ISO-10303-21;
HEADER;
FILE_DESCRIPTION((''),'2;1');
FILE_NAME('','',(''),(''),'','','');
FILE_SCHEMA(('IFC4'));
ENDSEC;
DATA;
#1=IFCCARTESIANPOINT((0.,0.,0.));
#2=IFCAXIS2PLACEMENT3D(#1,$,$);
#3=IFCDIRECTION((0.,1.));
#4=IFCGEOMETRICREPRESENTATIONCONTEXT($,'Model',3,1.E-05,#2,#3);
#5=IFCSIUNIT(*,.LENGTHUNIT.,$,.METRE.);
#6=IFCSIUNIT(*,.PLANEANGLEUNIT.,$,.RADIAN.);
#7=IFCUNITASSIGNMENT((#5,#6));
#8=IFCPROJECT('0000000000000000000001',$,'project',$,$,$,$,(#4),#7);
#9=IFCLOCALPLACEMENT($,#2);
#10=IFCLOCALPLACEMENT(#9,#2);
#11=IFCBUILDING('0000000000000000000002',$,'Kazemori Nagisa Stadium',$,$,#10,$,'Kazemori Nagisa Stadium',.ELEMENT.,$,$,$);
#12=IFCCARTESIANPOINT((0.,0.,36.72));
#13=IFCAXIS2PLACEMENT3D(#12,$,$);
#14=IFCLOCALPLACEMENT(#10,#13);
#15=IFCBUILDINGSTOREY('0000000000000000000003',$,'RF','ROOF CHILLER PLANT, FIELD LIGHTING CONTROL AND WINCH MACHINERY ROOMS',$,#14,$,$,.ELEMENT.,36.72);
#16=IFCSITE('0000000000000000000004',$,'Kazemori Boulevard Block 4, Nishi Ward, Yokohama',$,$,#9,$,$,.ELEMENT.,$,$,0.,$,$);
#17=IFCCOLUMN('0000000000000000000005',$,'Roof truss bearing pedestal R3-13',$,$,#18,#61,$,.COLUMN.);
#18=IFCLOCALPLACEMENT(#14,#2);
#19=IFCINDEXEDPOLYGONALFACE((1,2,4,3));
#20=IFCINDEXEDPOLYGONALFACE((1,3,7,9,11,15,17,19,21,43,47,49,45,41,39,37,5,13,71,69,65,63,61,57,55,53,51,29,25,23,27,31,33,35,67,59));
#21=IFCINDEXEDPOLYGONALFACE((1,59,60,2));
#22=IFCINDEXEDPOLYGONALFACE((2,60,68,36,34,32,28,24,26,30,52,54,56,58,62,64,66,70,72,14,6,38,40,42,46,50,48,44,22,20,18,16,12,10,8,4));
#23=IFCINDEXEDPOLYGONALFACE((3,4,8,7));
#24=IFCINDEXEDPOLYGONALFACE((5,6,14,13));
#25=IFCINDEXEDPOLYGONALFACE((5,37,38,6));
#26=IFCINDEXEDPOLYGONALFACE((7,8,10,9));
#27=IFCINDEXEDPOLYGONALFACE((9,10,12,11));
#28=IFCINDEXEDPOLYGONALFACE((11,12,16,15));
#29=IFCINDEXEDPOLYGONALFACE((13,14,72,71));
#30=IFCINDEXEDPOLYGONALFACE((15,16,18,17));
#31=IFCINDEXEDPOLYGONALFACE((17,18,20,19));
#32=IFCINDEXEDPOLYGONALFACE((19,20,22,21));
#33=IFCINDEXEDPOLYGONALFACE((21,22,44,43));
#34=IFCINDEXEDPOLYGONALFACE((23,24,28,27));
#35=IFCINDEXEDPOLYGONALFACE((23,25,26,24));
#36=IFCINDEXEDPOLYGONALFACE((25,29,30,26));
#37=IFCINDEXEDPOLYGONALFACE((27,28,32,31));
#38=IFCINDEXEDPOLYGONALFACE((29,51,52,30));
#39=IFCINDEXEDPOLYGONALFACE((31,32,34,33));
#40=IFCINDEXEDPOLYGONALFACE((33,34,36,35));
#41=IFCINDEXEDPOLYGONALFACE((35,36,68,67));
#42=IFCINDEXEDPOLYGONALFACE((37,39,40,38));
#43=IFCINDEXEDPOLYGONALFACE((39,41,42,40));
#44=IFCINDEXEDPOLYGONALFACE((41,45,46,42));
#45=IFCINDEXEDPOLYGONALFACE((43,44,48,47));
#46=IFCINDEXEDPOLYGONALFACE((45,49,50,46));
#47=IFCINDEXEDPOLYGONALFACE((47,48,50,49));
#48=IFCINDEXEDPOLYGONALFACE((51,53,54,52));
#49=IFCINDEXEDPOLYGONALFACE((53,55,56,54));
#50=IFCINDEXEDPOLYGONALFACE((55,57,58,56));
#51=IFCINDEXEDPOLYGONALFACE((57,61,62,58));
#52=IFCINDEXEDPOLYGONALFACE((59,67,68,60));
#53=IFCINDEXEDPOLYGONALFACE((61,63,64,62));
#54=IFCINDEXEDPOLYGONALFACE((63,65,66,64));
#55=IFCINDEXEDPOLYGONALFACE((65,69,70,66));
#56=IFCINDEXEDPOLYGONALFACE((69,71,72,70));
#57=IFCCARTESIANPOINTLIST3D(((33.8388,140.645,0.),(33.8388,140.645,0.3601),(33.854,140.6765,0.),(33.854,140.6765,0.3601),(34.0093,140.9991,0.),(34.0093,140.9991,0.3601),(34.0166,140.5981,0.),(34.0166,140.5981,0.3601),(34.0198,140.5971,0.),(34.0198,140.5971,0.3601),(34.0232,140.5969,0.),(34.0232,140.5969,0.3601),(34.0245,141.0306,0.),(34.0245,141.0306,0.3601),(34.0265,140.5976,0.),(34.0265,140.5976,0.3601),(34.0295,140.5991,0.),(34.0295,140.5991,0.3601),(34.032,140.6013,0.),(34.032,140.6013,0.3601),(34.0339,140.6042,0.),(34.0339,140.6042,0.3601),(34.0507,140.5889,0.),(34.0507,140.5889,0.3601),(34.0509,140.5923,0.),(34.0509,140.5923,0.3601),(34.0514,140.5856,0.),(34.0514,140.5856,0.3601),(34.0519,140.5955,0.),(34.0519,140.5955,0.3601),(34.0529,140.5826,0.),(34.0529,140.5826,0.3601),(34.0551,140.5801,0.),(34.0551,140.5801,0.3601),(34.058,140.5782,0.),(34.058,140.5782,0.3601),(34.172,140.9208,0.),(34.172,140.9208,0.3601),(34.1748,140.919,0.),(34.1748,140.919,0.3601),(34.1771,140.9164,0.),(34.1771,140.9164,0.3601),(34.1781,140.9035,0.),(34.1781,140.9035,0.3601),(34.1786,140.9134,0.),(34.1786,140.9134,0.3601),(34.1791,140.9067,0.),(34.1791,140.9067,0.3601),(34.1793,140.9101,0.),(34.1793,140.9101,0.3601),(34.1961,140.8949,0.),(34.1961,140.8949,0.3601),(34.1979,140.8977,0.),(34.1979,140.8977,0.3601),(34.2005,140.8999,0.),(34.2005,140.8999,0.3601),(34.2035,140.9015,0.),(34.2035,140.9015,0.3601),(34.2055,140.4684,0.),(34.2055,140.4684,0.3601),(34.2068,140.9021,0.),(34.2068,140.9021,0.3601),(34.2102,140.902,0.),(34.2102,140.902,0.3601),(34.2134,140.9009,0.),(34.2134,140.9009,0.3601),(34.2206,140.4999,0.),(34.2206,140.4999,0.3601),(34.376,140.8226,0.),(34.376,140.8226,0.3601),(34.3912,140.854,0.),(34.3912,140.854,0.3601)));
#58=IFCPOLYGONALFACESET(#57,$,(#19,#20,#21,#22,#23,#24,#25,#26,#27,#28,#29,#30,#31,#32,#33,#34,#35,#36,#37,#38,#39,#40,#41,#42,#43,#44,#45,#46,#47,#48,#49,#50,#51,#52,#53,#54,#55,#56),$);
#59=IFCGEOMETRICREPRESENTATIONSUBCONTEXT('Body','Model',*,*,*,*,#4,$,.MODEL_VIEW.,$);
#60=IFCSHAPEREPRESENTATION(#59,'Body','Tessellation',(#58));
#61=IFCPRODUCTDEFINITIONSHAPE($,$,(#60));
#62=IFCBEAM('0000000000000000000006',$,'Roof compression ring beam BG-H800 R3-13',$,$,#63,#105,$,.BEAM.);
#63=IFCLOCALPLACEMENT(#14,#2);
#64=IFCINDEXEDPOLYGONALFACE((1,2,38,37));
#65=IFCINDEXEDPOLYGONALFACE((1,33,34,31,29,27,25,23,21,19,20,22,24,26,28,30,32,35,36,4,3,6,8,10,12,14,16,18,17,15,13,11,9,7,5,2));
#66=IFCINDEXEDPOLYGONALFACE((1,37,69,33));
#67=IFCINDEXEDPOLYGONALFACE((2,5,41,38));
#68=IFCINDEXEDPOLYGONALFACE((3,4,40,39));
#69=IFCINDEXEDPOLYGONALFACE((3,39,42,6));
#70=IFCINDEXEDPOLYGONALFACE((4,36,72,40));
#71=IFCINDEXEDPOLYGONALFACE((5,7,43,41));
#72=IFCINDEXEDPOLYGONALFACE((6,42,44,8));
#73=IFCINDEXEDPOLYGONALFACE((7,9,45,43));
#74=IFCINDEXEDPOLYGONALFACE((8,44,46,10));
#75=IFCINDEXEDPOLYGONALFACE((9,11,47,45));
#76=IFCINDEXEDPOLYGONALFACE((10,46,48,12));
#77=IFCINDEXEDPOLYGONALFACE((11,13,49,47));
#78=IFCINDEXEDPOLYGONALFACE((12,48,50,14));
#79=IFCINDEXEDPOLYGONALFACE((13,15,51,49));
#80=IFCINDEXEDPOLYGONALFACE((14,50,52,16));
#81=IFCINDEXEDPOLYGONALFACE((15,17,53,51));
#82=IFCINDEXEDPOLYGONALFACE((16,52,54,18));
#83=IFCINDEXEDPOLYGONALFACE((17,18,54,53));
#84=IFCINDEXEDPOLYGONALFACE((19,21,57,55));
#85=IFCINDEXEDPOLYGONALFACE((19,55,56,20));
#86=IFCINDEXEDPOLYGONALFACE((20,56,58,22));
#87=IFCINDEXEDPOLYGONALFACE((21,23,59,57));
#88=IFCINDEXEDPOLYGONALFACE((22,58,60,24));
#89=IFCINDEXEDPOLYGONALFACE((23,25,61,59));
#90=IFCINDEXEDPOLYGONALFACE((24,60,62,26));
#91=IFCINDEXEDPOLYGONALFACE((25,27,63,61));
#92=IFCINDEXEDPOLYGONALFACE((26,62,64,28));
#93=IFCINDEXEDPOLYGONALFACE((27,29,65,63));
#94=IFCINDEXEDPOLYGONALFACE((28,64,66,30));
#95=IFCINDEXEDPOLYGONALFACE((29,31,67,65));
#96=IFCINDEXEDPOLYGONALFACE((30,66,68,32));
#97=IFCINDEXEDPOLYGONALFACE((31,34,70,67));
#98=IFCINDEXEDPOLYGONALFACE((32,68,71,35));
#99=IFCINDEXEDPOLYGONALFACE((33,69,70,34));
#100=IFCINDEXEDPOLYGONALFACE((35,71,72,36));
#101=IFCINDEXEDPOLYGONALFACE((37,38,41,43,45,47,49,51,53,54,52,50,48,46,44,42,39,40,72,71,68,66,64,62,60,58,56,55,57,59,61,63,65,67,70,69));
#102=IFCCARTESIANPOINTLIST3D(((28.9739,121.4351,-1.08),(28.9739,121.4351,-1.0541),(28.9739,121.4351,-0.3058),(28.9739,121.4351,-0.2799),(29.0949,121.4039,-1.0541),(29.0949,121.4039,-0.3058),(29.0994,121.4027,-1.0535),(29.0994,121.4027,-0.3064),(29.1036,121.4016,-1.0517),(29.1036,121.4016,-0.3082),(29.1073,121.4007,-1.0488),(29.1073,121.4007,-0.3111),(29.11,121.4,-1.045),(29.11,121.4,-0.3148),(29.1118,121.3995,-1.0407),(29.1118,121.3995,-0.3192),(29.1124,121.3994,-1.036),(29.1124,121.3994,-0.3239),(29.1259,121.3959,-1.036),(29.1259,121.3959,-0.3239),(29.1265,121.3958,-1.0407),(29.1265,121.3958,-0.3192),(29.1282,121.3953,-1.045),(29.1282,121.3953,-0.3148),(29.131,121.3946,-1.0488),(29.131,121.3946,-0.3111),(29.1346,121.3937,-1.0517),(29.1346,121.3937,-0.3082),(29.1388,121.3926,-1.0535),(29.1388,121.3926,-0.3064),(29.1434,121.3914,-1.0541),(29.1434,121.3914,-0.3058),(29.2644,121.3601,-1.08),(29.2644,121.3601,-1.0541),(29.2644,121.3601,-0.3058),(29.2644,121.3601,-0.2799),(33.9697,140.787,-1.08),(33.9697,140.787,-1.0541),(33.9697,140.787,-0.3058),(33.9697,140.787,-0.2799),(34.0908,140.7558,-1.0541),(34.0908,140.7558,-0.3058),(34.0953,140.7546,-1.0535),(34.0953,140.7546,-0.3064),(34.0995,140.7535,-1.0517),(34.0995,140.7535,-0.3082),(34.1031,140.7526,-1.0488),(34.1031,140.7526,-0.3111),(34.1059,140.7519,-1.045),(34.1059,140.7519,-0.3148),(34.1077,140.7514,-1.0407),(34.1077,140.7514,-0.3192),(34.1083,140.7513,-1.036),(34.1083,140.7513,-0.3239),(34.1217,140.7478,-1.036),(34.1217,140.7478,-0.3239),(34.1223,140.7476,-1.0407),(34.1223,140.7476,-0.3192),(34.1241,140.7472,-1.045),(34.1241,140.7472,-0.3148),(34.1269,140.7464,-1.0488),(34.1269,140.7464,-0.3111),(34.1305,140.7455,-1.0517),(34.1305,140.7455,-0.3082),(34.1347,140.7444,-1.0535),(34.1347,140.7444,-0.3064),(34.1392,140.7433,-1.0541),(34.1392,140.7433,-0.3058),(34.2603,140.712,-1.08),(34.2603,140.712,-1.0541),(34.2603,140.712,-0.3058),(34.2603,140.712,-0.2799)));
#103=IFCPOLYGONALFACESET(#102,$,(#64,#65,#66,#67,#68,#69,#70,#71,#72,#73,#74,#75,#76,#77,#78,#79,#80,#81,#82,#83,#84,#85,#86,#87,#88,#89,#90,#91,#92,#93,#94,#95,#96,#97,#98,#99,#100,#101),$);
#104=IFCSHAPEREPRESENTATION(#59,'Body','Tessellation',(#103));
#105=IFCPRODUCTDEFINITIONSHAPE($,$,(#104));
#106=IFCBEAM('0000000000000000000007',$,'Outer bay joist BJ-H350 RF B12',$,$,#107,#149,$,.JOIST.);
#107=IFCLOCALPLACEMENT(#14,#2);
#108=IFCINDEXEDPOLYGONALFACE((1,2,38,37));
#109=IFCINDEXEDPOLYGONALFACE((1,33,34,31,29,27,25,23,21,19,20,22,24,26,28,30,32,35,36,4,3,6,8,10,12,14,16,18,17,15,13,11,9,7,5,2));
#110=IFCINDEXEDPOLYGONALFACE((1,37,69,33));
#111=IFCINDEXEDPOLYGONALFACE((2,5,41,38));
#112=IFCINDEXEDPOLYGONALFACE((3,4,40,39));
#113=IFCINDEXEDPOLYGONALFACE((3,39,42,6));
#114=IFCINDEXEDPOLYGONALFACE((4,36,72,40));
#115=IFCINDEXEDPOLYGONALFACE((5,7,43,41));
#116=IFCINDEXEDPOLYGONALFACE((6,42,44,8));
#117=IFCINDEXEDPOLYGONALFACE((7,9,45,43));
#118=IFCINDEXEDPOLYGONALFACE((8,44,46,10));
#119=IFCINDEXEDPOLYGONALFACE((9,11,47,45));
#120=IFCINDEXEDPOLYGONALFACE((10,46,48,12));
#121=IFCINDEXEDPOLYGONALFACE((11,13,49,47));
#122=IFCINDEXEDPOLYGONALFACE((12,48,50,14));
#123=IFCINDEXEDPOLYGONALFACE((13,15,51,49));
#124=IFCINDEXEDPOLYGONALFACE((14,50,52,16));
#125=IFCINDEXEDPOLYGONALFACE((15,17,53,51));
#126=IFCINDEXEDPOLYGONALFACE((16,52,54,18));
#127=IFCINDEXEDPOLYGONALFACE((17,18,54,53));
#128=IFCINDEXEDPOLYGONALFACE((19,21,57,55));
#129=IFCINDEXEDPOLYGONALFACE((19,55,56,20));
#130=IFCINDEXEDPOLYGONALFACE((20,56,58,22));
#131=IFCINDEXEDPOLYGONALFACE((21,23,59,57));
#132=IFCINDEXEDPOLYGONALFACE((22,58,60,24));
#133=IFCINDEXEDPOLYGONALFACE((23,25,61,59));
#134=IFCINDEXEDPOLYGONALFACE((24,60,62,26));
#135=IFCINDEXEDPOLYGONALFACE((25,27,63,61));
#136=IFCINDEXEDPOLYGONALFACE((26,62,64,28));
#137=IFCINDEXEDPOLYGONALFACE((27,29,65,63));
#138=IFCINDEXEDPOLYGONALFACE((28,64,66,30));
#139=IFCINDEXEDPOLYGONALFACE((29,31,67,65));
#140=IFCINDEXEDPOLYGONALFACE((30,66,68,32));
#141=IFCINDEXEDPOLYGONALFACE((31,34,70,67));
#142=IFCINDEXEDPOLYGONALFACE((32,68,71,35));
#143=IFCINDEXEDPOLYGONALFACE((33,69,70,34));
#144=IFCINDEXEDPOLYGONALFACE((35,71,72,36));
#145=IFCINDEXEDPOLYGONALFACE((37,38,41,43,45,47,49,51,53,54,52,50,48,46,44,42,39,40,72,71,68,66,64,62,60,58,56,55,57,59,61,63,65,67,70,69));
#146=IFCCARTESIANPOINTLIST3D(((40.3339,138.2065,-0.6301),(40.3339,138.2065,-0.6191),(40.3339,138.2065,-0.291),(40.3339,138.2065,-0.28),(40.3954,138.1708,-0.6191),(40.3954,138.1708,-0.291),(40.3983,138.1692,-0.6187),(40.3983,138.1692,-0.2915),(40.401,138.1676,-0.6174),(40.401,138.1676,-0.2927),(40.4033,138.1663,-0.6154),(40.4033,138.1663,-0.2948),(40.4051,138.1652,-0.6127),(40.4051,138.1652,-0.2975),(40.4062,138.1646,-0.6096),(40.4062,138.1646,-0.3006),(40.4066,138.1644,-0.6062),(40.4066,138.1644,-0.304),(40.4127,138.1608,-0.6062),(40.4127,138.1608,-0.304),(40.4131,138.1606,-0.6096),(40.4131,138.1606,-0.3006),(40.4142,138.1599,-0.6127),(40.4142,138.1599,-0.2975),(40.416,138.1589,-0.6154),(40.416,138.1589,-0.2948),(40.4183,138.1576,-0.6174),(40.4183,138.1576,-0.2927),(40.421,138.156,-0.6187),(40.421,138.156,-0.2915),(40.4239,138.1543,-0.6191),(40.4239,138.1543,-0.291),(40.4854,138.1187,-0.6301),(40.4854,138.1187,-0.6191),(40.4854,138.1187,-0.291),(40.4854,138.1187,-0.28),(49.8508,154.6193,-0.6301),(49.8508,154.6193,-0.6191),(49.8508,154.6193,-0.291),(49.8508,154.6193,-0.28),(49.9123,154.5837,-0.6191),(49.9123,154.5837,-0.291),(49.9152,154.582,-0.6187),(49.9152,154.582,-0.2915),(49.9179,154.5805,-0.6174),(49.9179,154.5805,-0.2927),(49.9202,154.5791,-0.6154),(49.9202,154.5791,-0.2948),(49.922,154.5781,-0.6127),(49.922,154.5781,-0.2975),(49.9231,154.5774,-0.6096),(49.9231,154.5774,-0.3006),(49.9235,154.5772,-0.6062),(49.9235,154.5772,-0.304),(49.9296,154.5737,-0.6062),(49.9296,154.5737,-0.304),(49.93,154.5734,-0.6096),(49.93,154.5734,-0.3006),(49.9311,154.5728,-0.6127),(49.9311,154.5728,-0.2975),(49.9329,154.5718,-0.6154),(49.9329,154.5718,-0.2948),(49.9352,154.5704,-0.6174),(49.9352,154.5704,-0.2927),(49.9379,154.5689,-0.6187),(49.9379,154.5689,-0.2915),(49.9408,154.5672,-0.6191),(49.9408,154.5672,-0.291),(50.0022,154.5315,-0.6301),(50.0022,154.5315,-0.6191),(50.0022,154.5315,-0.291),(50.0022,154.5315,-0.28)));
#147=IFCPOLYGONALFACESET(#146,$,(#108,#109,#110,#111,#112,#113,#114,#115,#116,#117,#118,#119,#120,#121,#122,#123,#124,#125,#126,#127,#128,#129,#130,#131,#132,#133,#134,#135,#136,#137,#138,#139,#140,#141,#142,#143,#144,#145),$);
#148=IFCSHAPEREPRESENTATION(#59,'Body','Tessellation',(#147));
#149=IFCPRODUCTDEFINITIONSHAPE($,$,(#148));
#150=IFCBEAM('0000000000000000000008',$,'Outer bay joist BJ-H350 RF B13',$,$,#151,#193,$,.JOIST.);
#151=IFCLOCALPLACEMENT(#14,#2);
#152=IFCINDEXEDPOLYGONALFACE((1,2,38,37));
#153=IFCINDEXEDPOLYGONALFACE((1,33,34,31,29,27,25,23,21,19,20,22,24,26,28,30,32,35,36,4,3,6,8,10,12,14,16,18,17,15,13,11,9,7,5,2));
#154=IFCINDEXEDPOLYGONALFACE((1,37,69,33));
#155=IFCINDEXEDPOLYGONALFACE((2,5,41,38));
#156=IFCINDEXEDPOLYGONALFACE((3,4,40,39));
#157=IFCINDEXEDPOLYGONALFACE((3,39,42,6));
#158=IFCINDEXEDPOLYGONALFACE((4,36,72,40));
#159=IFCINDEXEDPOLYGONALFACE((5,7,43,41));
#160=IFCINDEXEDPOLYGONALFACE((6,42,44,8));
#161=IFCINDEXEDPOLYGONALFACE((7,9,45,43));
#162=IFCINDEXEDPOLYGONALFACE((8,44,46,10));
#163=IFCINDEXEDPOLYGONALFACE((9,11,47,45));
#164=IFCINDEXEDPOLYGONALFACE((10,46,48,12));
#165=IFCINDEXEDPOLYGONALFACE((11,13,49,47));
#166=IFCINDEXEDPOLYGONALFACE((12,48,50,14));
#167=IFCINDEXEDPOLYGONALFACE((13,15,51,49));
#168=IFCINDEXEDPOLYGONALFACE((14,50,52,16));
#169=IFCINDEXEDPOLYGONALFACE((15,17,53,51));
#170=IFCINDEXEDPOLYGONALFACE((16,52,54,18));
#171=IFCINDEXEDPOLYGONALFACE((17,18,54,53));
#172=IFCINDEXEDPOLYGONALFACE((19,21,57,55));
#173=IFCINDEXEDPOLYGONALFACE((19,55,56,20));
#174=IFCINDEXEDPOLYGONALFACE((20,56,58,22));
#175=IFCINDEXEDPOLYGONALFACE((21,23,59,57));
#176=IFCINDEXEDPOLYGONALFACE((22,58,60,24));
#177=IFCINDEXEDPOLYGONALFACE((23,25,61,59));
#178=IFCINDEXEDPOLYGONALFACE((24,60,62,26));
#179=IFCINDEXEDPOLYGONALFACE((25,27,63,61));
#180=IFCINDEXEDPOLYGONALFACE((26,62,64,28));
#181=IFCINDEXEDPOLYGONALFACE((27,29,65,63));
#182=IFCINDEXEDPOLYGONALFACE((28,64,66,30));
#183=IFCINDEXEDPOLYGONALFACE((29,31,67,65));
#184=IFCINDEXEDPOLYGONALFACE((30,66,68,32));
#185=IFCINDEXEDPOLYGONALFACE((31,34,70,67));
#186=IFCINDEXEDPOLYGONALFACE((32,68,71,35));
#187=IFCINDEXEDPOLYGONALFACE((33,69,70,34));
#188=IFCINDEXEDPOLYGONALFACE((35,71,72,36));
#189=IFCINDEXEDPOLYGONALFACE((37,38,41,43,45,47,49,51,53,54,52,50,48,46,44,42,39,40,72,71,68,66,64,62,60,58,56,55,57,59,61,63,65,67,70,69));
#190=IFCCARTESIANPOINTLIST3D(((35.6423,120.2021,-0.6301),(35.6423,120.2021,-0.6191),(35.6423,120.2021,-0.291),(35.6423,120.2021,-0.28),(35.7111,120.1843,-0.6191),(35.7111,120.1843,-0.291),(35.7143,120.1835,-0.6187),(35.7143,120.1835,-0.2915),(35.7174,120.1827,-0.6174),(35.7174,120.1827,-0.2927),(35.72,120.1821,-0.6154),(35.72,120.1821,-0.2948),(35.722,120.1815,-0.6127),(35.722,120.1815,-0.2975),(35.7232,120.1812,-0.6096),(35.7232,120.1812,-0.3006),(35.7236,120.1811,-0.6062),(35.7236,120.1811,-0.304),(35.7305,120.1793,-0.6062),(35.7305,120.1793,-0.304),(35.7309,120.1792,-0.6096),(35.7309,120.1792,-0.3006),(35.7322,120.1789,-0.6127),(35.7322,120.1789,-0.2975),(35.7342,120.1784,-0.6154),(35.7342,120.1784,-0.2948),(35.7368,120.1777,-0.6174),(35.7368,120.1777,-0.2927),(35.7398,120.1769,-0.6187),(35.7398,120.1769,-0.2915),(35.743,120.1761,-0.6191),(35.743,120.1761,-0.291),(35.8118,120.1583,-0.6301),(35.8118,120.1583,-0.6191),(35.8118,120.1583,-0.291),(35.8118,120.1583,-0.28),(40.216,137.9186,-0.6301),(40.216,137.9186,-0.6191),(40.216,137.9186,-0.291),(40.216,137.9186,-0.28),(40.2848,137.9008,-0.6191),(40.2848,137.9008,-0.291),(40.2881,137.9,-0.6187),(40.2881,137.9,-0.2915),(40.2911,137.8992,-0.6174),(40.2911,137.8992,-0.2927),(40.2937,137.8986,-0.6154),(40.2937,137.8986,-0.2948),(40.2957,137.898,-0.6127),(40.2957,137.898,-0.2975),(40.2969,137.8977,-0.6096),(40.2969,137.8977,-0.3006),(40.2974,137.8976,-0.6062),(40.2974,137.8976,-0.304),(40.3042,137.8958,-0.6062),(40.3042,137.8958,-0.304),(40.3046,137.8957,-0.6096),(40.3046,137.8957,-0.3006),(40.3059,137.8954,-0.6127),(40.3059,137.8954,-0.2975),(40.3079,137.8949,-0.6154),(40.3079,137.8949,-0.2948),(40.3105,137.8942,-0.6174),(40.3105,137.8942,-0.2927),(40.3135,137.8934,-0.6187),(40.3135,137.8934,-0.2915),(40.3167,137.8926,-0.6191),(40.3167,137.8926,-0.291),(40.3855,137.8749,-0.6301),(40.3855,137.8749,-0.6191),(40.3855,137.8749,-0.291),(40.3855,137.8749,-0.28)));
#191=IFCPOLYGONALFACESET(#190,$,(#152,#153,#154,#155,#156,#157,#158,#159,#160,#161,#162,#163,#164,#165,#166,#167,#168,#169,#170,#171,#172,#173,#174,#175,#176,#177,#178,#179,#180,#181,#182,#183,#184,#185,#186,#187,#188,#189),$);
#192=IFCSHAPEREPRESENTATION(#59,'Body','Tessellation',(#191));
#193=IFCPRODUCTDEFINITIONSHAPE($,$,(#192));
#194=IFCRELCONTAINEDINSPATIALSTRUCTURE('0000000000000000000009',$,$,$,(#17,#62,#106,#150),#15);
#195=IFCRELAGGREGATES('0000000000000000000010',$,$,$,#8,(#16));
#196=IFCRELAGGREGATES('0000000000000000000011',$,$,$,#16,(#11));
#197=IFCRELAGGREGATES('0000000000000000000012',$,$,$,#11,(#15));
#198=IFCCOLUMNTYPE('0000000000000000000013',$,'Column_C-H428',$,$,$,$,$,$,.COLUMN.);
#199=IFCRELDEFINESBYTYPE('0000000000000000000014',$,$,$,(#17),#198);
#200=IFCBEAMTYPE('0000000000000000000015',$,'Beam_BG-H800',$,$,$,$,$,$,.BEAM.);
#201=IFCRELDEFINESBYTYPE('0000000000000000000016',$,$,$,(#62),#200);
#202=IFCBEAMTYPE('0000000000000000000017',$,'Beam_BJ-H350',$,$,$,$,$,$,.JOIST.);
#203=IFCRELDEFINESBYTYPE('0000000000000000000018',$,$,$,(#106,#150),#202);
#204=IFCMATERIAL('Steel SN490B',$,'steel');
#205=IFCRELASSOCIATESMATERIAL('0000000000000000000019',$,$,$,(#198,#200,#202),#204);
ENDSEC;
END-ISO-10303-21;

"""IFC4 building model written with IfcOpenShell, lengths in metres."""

from ifc_helpers import new_model, si_unit, direction, frame, origin, origin_2d, place, context, subcontext, project, spatial, i_section, extrude, material, material_profile, profile_set, type_object, element, save


model = new_model("IFC4")

# Units and contexts
model_context = context("Model", 3, precision=1e-05, world=origin(), true_north=direction((0.0, 1.0)))
body_context = subcontext(model_context, "Body", "Model", "MODEL_VIEW")
ifc_project = project(units=[si_unit("LENGTHUNIT", "METRE"), si_unit("PLANEANGLEUNIT", "RADIAN")], contexts=[model_context])

# Site, building, storey
site_placement = place(None, origin())
site = spatial("IfcSite", under=ifc_project, at=site_placement, Name="Kazemori Boulevard Block 4, Nishi Ward, Yokohama", CompositionType="ELEMENT", RefElevation=0.0)
building_placement = place(site_placement, origin())
building = spatial("IfcBuilding", under=site, at=building_placement, Name="Kazemori Nagisa Stadium", LongName="Kazemori Nagisa Stadium", CompositionType="ELEMENT")
storey_placement = place(building_placement, frame((0.0, 0.0, 36.72)))
storey = spatial("IfcBuildingStorey", under=building, at=storey_placement, Name="RF", Description="ROOF CHILLER PLANT, FIELD LIGHTING CONTROL AND WINCH MACHINERY ROOMS", CompositionType="ELEMENT", Elevation=36.72)

# Column
ifc_material_1 = material(Name="Steel SN490B", Category="steel")
ifc_material_profile_1 = material_profile(ifc_material_1, i_section(OverallWidth=0.407, OverallDepth=0.428, WebThickness=0.02, FlangeThickness=0.0349, FilletRadius=0.0129, at=origin_2d()), Name="H-428x407x20x35")
ifc_profile_set_1 = profile_set([ifc_material_profile_1], Name="Steel SN490B")
column_type = type_object("IfcColumnType", Name="Column_C-H428", PredefinedType="COLUMN", material=ifc_profile_set_1)
column_placement = place(storey_placement, frame((34.115, 140.7495, 0.0), z_axis=(0.0, 0.0, 1.0), x_axis=(-0.900969, 0.433884, 0.0)))
element("IfcColumn", 1, at=column_placement, inside=storey, type_object=column_type, Name="Roof truss bearing pedestal R3-13", PredefinedType="COLUMN", context=body_context, shape_type="SweptSolid", body=[
    extrude(i_section(OverallWidth=0.407, OverallDepth=0.428, WebThickness=0.02, FlangeThickness=0.0349, FilletRadius=0.0129, at=origin_2d()), origin(), (0.0, 0.0, 1.0), 0.3601),
])

# Beams
ifc_material_profile_2 = material_profile(ifc_material_1, i_section(OverallWidth=0.3, OverallDepth=0.8, WebThickness=0.0139, FlangeThickness=0.0259, FilletRadius=0.0181, at=origin_2d()), Name="H-800x300x14x26")
ifc_profile_set_2 = profile_set([ifc_material_profile_2], Name="Steel SN490B")
beam_type_1 = type_object("IfcBeamType", Name="Beam_BG-H800", PredefinedType="BEAM", material=ifc_profile_set_2)
beam_1_placement = place(storey_placement, frame((34.115, 140.7495, -0.6799), z_axis=(-0.249964, -0.968255, 0.0), x_axis=(0.968255, -0.249964, 0.0)))
element("IfcBeam", 2, at=beam_1_placement, inside=storey, type_object=beam_type_1, Name="Roof compression ring beam BG-H800 R3-13", PredefinedType="BEAM", context=body_context, shape_type="SweptSolid", body=[
    extrude(i_section(OverallWidth=0.3, OverallDepth=0.8, WebThickness=0.0139, FlangeThickness=0.0259, FilletRadius=0.0181, at=origin_2d()), origin(), (0.0, 0.0, 1.0), 19.9863),
])
ifc_material_profile_3 = material_profile(ifc_material_1, i_section(OverallWidth=0.175, OverallDepth=0.3501, WebThickness=0.0071, FlangeThickness=0.011, FilletRadius=0.0129, at=origin_2d()), Name="H-350x175x7x11")
ifc_profile_set_3 = profile_set([ifc_material_profile_3], Name="Steel SN490B")
beam_type_2 = type_object("IfcBeamType", Name="Beam_BJ-H350", PredefinedType="JOIST", material=ifc_profile_set_3)
beam_2_placement = place(storey_placement, frame((49.9265, 154.5754, -0.4551), z_axis=(-0.501615, -0.865091, 0.0), x_axis=(0.865091, -0.501615, 0.0)))
element("IfcBeam", 3, at=beam_2_placement, inside=storey, type_object=beam_type_2, Name="Outer bay joist BJ-H350 RF B12", PredefinedType="JOIST", context=body_context, shape_type="SweptSolid", body=[
    extrude(i_section(OverallWidth=0.175, OverallDepth=0.3501, WebThickness=0.0071, FlangeThickness=0.011, FilletRadius=0.0129, at=origin_2d()), origin(), (0.0, 0.0, 1.0), 18.9724),
])
beam_3_placement = place(storey_placement, frame((40.3008, 137.8967, -0.4551), z_axis=(-0.249966, -0.968255, 0.0), x_axis=(0.968255, -0.249966, 0.0)))
element("IfcBeam", 4, at=beam_3_placement, inside=storey, type_object=beam_type_2, Name="Outer bay joist BJ-H350 RF B13", PredefinedType="JOIST", context=body_context, shape_type="SweptSolid", body=[
    extrude(i_section(OverallWidth=0.175, OverallDepth=0.3501, WebThickness=0.0071, FlangeThickness=0.011, FilletRadius=0.0129, at=origin_2d()), origin(), (0.0, 0.0, 1.0), 18.2974),
])

save(model, "model.ifc")
